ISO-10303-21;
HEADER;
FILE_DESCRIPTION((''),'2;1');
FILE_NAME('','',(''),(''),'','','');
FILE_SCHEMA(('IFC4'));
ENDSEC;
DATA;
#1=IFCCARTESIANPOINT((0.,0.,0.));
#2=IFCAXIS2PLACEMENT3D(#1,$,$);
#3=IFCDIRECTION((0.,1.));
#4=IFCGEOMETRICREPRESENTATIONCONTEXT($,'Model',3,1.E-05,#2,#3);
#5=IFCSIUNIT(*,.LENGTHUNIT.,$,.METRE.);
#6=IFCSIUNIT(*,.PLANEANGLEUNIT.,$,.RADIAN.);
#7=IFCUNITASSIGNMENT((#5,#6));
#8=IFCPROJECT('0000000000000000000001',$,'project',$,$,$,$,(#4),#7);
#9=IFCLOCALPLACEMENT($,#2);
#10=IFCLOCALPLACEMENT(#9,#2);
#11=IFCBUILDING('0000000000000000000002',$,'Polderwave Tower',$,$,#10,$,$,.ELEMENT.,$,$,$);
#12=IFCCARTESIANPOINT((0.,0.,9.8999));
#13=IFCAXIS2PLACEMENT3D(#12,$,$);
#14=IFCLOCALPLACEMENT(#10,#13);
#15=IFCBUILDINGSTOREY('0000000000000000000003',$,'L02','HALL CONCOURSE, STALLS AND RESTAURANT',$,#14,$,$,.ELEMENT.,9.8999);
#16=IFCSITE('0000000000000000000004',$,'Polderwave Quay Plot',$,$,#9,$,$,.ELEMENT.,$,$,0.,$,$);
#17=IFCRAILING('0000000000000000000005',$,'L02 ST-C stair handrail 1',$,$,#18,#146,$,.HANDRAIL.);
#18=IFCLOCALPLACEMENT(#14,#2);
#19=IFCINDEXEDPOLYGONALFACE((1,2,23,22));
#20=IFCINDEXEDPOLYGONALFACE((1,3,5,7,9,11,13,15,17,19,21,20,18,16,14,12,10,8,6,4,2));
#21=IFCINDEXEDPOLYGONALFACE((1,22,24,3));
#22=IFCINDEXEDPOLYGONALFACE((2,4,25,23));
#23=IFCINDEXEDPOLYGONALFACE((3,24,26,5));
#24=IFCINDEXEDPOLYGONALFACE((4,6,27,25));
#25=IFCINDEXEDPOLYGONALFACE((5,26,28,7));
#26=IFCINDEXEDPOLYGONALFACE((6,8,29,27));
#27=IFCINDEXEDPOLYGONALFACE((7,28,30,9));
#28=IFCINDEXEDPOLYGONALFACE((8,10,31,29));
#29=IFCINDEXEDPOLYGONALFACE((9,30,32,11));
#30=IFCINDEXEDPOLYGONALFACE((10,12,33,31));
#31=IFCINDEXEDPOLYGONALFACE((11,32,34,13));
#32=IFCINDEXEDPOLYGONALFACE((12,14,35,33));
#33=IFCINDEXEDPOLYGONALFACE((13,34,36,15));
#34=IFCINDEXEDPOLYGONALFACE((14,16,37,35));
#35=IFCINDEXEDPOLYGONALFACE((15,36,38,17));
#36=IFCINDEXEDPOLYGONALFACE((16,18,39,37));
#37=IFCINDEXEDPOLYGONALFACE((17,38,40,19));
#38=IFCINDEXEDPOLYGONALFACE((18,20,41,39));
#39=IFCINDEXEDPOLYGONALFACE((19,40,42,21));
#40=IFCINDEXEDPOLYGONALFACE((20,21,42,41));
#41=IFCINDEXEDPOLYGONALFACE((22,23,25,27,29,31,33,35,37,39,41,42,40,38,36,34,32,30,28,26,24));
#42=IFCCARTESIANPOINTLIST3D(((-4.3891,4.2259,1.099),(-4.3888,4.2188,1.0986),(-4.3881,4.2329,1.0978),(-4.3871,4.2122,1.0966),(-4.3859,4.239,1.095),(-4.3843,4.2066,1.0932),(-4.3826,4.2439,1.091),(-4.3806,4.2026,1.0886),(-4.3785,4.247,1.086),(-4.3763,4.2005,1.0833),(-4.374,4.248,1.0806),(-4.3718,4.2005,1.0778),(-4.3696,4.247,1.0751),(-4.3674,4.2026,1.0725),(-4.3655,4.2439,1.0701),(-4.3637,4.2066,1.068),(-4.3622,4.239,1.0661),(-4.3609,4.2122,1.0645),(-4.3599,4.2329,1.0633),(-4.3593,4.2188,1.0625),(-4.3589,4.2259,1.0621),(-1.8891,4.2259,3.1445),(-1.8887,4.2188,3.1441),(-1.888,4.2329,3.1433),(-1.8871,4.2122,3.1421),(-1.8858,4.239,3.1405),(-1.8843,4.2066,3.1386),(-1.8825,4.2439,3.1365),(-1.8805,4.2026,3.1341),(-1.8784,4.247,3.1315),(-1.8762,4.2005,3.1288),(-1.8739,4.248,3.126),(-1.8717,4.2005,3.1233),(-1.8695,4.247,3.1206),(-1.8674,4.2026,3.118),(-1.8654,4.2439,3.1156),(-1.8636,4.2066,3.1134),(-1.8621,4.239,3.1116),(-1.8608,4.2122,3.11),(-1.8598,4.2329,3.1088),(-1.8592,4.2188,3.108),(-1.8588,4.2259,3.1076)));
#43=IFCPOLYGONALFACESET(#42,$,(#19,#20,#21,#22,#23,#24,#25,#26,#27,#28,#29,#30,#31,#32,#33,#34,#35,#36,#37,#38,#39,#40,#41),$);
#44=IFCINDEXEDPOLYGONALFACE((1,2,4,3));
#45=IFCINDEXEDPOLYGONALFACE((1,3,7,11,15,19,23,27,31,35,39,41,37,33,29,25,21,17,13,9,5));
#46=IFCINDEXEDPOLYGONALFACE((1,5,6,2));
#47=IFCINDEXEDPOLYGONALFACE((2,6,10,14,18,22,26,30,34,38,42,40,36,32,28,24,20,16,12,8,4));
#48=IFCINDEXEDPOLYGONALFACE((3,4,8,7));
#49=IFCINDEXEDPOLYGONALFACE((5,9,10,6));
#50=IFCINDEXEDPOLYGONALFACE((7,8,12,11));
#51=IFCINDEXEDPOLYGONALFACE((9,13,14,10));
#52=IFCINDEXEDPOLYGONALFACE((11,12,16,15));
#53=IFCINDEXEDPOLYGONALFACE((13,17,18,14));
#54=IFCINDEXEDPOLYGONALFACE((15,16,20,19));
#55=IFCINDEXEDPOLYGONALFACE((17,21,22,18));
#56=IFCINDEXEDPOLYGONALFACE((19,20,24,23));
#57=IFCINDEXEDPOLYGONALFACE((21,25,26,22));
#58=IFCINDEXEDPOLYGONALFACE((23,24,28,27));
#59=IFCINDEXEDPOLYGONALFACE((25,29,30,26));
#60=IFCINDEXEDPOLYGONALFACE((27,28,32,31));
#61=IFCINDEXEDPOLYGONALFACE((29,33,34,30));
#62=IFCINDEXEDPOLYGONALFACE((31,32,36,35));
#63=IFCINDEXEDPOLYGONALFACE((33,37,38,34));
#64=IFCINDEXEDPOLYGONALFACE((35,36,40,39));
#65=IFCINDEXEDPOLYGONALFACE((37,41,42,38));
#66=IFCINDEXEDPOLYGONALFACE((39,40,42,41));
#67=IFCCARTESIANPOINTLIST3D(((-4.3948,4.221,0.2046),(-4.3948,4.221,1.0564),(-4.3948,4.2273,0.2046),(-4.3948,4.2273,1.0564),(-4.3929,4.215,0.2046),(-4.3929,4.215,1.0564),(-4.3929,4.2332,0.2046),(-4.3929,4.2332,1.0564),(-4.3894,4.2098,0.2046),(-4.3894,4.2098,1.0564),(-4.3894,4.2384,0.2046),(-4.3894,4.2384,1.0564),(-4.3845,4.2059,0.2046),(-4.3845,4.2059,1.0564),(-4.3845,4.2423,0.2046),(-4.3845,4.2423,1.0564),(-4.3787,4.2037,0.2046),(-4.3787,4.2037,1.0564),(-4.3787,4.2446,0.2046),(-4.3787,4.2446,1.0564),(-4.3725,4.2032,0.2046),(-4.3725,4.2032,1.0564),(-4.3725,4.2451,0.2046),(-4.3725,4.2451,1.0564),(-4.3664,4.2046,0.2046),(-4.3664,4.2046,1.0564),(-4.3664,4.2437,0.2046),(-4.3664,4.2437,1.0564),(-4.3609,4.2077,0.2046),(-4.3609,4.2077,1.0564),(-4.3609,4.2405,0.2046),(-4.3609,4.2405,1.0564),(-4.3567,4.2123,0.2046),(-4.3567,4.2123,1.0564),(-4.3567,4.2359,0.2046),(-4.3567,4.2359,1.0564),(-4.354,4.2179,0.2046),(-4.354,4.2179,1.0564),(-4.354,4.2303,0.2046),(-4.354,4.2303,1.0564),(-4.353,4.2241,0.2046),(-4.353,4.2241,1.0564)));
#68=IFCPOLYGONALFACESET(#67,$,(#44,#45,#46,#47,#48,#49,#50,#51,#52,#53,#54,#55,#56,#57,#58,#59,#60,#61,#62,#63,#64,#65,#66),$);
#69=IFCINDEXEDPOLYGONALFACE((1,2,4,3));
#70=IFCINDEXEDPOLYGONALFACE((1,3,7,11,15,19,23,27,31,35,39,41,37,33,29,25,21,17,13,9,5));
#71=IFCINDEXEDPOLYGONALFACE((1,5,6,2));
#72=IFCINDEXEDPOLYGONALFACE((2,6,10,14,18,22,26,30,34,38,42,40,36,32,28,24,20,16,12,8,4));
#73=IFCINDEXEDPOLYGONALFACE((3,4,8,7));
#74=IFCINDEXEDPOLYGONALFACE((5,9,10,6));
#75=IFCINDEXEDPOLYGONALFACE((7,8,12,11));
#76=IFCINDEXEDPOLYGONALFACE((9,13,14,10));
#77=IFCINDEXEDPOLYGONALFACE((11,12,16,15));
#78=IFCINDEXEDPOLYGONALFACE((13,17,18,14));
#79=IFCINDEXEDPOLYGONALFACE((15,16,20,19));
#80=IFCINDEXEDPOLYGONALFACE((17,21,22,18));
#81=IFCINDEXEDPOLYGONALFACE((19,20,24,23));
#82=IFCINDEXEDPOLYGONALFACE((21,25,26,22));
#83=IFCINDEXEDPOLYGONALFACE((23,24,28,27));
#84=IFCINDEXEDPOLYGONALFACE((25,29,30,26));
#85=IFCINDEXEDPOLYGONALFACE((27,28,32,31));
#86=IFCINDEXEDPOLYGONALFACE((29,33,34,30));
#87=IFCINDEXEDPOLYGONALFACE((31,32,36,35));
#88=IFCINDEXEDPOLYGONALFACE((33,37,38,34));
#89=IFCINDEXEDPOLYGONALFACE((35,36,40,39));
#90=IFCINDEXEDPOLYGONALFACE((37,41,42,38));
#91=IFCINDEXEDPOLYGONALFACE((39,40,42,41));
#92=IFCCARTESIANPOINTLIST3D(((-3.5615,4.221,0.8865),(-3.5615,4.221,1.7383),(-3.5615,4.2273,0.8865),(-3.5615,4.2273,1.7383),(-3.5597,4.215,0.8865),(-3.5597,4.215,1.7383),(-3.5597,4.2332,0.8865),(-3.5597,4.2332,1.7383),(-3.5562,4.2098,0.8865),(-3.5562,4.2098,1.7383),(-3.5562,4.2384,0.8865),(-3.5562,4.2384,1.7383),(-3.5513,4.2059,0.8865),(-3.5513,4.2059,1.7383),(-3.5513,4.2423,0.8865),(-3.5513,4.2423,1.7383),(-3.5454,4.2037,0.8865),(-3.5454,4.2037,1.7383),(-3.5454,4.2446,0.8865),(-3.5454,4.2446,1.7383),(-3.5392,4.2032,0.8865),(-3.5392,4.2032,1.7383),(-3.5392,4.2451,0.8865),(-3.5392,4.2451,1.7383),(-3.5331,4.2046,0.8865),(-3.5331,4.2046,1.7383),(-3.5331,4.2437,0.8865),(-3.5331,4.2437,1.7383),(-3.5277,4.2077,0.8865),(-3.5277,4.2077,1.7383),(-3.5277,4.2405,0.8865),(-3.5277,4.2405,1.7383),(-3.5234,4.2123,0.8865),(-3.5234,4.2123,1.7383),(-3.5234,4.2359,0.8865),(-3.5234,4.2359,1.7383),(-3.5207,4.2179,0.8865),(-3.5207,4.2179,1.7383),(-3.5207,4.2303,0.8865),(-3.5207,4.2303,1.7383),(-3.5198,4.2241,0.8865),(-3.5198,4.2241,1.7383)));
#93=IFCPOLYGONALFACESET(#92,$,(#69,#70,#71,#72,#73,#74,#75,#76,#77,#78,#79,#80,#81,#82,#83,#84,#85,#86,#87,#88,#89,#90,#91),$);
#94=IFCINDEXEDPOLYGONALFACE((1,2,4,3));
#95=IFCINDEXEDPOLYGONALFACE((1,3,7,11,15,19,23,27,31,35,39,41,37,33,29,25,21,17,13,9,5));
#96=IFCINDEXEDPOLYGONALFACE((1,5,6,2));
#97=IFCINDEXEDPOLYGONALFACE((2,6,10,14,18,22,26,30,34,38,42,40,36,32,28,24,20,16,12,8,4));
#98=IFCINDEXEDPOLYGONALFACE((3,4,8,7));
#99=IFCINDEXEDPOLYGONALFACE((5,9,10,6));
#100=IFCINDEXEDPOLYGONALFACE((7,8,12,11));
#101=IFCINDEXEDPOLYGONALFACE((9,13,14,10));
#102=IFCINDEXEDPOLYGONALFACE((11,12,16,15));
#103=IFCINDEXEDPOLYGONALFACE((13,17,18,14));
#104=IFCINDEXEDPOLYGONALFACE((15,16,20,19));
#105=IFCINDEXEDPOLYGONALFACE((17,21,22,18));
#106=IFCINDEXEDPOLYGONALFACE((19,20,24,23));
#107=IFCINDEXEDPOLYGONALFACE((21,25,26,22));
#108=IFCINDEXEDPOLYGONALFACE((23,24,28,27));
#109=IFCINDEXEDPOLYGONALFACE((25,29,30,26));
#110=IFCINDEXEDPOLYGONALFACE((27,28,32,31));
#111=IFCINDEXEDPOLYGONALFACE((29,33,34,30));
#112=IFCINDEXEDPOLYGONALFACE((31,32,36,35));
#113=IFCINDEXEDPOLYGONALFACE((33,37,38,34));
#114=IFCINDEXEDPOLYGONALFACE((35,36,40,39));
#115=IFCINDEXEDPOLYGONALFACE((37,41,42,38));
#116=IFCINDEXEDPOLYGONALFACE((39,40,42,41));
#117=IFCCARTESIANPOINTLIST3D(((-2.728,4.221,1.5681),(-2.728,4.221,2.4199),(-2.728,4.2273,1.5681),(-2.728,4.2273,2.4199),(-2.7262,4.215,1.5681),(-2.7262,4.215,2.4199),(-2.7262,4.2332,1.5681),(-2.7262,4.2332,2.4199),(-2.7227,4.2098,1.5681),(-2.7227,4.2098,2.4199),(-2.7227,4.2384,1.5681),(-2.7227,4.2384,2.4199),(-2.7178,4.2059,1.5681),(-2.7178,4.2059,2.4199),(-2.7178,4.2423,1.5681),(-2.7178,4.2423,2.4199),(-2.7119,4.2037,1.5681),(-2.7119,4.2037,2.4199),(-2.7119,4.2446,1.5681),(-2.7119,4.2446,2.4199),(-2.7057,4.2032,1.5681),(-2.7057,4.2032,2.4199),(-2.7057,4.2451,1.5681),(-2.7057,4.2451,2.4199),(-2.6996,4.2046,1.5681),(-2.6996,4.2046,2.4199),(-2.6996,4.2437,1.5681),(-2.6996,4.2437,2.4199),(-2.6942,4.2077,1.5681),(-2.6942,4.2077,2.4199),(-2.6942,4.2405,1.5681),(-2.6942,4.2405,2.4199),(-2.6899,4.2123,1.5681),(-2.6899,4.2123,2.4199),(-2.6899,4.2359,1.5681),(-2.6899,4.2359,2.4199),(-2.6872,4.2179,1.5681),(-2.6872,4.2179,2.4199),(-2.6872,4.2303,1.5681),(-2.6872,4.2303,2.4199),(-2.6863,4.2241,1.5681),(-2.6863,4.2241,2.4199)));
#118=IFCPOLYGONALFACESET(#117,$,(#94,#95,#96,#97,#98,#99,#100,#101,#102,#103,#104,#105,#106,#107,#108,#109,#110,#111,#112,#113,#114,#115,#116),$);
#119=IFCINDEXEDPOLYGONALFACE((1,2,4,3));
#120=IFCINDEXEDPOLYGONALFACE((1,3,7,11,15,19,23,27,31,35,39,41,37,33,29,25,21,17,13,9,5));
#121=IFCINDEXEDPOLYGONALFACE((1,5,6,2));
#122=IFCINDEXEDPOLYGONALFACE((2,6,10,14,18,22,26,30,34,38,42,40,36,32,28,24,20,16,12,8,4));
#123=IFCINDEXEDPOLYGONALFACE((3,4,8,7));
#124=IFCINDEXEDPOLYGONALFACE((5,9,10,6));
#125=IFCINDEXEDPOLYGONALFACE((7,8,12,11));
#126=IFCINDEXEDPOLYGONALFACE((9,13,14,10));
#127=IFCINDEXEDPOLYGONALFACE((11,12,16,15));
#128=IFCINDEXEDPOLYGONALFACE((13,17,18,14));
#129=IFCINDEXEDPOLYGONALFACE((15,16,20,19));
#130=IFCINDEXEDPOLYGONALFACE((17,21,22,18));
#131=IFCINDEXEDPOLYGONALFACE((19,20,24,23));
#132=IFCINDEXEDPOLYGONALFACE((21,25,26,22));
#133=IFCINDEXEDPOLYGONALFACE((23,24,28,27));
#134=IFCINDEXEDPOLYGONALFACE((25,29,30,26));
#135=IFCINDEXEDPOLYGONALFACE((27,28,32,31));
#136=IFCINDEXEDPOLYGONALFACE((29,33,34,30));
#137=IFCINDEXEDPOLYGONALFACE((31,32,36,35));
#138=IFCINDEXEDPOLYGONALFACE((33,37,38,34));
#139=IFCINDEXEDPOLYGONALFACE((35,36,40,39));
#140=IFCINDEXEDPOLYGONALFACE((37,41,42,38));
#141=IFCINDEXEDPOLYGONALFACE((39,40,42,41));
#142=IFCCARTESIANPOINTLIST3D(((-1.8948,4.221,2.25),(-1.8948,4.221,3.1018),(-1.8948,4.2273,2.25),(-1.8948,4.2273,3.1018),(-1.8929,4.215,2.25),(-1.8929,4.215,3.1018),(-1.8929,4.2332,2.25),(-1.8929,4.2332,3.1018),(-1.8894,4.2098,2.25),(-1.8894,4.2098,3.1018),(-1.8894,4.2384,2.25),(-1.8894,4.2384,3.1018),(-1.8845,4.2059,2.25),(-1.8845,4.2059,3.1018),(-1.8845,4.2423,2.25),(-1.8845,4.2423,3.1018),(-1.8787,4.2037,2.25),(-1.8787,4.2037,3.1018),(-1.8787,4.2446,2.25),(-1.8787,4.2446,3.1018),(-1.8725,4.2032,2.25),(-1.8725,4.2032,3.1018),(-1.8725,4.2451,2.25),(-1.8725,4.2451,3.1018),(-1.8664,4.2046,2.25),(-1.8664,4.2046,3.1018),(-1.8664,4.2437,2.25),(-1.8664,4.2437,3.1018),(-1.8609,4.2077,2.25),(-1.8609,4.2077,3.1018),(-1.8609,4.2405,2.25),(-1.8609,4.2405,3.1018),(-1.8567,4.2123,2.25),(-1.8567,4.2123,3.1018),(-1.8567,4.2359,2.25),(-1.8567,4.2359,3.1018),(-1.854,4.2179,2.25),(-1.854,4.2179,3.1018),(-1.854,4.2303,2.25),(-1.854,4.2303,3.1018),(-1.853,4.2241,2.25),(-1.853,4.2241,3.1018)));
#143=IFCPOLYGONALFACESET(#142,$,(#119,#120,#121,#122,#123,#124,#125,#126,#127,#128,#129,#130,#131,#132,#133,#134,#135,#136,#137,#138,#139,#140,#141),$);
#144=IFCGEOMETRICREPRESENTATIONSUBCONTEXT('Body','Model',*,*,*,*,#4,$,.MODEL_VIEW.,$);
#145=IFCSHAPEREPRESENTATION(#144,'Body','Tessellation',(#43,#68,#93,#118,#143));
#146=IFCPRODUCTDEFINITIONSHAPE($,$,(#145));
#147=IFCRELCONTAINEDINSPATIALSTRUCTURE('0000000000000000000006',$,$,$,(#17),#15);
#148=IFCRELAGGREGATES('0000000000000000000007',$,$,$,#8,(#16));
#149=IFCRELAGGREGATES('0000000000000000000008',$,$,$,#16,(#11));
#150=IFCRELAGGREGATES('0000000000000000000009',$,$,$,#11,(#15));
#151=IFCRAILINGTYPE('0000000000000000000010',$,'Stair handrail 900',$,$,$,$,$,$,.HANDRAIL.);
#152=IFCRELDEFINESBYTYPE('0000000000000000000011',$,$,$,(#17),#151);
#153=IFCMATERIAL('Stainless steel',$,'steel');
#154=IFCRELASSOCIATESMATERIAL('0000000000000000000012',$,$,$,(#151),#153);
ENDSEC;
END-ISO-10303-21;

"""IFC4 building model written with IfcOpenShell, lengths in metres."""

from ifc_helpers import new_model, si_unit, direction, frame, origin, origin_2d, place, context, subcontext, project, spatial, circle, extrude, material, type_object, element, save


model = new_model("IFC4")

# Units and contexts
model_context = context("Model", 3, precision=1e-05, world=origin(), true_north=direction((0.0, 1.0)))
body_context = subcontext(model_context, "Body", "Model", "MODEL_VIEW")
ifc_project = project(units=[si_unit("LENGTHUNIT", "METRE"), si_unit("PLANEANGLEUNIT", "RADIAN")], contexts=[model_context])

# Site, building, storey
site_placement = place(None, origin())
site = spatial("IfcSite", under=ifc_project, at=site_placement, Name="Polderwave Quay Plot", CompositionType="ELEMENT", RefElevation=0.0)
building_placement = place(site_placement, origin())
building = spatial("IfcBuilding", under=site, at=building_placement, Name="Polderwave Tower", CompositionType="ELEMENT")
storey_placement = place(building_placement, frame((0.0, 0.0, 9.8999)))
storey = spatial("IfcBuildingStorey", under=building, at=storey_placement, Name="L02", Description="HALL CONCOURSE, STALLS AND RESTAURANT", CompositionType="ELEMENT", Elevation=9.8999)

# Railing
ifc_material_1 = material(Name="Stainless steel", Category="steel")
railing_type_1 = type_object("IfcRailingType", Name="Stair handrail 900", PredefinedType="HANDRAIL", material=ifc_material_1)
railing_1_placement = place(storey_placement, frame((-4.374, 4.2241, 0.2046)))
element("IfcRailing", 1, at=railing_1_placement, inside=storey, type_object=railing_type_1, Name="L02 ST-C stair handrail 1", PredefinedType="HANDRAIL", context=body_context, shape_type="SweptSolid", body=[
    extrude(circle(Radius=0.0239, at=origin_2d()), frame((0.0, 0.0, 0.876), z_axis=(0.773964, 0.0, 0.63323), x_axis=(0.0, 1.0, 0.0)), (0.0, 0.0, 1.0), 3.2302),
    extrude(circle(Radius=0.021, at=origin_2d()), origin(), (0.0, 0.0, 1.0), 0.8518),
    extrude(circle(Radius=0.021, at=origin_2d()), frame((0.8333, 0.0, 0.6819)), (0.0, 0.0, 1.0), 0.8518),
    extrude(circle(Radius=0.021, at=origin_2d()), frame((1.6667, 0.0, 1.3635)), (0.0, 0.0, 1.0), 0.8518),
    extrude(circle(Radius=0.021, at=origin_2d()), frame((2.5, 0.0, 2.0454)), (0.0, 0.0, 1.0), 0.8518),
])

save(model, "model.ifc")
